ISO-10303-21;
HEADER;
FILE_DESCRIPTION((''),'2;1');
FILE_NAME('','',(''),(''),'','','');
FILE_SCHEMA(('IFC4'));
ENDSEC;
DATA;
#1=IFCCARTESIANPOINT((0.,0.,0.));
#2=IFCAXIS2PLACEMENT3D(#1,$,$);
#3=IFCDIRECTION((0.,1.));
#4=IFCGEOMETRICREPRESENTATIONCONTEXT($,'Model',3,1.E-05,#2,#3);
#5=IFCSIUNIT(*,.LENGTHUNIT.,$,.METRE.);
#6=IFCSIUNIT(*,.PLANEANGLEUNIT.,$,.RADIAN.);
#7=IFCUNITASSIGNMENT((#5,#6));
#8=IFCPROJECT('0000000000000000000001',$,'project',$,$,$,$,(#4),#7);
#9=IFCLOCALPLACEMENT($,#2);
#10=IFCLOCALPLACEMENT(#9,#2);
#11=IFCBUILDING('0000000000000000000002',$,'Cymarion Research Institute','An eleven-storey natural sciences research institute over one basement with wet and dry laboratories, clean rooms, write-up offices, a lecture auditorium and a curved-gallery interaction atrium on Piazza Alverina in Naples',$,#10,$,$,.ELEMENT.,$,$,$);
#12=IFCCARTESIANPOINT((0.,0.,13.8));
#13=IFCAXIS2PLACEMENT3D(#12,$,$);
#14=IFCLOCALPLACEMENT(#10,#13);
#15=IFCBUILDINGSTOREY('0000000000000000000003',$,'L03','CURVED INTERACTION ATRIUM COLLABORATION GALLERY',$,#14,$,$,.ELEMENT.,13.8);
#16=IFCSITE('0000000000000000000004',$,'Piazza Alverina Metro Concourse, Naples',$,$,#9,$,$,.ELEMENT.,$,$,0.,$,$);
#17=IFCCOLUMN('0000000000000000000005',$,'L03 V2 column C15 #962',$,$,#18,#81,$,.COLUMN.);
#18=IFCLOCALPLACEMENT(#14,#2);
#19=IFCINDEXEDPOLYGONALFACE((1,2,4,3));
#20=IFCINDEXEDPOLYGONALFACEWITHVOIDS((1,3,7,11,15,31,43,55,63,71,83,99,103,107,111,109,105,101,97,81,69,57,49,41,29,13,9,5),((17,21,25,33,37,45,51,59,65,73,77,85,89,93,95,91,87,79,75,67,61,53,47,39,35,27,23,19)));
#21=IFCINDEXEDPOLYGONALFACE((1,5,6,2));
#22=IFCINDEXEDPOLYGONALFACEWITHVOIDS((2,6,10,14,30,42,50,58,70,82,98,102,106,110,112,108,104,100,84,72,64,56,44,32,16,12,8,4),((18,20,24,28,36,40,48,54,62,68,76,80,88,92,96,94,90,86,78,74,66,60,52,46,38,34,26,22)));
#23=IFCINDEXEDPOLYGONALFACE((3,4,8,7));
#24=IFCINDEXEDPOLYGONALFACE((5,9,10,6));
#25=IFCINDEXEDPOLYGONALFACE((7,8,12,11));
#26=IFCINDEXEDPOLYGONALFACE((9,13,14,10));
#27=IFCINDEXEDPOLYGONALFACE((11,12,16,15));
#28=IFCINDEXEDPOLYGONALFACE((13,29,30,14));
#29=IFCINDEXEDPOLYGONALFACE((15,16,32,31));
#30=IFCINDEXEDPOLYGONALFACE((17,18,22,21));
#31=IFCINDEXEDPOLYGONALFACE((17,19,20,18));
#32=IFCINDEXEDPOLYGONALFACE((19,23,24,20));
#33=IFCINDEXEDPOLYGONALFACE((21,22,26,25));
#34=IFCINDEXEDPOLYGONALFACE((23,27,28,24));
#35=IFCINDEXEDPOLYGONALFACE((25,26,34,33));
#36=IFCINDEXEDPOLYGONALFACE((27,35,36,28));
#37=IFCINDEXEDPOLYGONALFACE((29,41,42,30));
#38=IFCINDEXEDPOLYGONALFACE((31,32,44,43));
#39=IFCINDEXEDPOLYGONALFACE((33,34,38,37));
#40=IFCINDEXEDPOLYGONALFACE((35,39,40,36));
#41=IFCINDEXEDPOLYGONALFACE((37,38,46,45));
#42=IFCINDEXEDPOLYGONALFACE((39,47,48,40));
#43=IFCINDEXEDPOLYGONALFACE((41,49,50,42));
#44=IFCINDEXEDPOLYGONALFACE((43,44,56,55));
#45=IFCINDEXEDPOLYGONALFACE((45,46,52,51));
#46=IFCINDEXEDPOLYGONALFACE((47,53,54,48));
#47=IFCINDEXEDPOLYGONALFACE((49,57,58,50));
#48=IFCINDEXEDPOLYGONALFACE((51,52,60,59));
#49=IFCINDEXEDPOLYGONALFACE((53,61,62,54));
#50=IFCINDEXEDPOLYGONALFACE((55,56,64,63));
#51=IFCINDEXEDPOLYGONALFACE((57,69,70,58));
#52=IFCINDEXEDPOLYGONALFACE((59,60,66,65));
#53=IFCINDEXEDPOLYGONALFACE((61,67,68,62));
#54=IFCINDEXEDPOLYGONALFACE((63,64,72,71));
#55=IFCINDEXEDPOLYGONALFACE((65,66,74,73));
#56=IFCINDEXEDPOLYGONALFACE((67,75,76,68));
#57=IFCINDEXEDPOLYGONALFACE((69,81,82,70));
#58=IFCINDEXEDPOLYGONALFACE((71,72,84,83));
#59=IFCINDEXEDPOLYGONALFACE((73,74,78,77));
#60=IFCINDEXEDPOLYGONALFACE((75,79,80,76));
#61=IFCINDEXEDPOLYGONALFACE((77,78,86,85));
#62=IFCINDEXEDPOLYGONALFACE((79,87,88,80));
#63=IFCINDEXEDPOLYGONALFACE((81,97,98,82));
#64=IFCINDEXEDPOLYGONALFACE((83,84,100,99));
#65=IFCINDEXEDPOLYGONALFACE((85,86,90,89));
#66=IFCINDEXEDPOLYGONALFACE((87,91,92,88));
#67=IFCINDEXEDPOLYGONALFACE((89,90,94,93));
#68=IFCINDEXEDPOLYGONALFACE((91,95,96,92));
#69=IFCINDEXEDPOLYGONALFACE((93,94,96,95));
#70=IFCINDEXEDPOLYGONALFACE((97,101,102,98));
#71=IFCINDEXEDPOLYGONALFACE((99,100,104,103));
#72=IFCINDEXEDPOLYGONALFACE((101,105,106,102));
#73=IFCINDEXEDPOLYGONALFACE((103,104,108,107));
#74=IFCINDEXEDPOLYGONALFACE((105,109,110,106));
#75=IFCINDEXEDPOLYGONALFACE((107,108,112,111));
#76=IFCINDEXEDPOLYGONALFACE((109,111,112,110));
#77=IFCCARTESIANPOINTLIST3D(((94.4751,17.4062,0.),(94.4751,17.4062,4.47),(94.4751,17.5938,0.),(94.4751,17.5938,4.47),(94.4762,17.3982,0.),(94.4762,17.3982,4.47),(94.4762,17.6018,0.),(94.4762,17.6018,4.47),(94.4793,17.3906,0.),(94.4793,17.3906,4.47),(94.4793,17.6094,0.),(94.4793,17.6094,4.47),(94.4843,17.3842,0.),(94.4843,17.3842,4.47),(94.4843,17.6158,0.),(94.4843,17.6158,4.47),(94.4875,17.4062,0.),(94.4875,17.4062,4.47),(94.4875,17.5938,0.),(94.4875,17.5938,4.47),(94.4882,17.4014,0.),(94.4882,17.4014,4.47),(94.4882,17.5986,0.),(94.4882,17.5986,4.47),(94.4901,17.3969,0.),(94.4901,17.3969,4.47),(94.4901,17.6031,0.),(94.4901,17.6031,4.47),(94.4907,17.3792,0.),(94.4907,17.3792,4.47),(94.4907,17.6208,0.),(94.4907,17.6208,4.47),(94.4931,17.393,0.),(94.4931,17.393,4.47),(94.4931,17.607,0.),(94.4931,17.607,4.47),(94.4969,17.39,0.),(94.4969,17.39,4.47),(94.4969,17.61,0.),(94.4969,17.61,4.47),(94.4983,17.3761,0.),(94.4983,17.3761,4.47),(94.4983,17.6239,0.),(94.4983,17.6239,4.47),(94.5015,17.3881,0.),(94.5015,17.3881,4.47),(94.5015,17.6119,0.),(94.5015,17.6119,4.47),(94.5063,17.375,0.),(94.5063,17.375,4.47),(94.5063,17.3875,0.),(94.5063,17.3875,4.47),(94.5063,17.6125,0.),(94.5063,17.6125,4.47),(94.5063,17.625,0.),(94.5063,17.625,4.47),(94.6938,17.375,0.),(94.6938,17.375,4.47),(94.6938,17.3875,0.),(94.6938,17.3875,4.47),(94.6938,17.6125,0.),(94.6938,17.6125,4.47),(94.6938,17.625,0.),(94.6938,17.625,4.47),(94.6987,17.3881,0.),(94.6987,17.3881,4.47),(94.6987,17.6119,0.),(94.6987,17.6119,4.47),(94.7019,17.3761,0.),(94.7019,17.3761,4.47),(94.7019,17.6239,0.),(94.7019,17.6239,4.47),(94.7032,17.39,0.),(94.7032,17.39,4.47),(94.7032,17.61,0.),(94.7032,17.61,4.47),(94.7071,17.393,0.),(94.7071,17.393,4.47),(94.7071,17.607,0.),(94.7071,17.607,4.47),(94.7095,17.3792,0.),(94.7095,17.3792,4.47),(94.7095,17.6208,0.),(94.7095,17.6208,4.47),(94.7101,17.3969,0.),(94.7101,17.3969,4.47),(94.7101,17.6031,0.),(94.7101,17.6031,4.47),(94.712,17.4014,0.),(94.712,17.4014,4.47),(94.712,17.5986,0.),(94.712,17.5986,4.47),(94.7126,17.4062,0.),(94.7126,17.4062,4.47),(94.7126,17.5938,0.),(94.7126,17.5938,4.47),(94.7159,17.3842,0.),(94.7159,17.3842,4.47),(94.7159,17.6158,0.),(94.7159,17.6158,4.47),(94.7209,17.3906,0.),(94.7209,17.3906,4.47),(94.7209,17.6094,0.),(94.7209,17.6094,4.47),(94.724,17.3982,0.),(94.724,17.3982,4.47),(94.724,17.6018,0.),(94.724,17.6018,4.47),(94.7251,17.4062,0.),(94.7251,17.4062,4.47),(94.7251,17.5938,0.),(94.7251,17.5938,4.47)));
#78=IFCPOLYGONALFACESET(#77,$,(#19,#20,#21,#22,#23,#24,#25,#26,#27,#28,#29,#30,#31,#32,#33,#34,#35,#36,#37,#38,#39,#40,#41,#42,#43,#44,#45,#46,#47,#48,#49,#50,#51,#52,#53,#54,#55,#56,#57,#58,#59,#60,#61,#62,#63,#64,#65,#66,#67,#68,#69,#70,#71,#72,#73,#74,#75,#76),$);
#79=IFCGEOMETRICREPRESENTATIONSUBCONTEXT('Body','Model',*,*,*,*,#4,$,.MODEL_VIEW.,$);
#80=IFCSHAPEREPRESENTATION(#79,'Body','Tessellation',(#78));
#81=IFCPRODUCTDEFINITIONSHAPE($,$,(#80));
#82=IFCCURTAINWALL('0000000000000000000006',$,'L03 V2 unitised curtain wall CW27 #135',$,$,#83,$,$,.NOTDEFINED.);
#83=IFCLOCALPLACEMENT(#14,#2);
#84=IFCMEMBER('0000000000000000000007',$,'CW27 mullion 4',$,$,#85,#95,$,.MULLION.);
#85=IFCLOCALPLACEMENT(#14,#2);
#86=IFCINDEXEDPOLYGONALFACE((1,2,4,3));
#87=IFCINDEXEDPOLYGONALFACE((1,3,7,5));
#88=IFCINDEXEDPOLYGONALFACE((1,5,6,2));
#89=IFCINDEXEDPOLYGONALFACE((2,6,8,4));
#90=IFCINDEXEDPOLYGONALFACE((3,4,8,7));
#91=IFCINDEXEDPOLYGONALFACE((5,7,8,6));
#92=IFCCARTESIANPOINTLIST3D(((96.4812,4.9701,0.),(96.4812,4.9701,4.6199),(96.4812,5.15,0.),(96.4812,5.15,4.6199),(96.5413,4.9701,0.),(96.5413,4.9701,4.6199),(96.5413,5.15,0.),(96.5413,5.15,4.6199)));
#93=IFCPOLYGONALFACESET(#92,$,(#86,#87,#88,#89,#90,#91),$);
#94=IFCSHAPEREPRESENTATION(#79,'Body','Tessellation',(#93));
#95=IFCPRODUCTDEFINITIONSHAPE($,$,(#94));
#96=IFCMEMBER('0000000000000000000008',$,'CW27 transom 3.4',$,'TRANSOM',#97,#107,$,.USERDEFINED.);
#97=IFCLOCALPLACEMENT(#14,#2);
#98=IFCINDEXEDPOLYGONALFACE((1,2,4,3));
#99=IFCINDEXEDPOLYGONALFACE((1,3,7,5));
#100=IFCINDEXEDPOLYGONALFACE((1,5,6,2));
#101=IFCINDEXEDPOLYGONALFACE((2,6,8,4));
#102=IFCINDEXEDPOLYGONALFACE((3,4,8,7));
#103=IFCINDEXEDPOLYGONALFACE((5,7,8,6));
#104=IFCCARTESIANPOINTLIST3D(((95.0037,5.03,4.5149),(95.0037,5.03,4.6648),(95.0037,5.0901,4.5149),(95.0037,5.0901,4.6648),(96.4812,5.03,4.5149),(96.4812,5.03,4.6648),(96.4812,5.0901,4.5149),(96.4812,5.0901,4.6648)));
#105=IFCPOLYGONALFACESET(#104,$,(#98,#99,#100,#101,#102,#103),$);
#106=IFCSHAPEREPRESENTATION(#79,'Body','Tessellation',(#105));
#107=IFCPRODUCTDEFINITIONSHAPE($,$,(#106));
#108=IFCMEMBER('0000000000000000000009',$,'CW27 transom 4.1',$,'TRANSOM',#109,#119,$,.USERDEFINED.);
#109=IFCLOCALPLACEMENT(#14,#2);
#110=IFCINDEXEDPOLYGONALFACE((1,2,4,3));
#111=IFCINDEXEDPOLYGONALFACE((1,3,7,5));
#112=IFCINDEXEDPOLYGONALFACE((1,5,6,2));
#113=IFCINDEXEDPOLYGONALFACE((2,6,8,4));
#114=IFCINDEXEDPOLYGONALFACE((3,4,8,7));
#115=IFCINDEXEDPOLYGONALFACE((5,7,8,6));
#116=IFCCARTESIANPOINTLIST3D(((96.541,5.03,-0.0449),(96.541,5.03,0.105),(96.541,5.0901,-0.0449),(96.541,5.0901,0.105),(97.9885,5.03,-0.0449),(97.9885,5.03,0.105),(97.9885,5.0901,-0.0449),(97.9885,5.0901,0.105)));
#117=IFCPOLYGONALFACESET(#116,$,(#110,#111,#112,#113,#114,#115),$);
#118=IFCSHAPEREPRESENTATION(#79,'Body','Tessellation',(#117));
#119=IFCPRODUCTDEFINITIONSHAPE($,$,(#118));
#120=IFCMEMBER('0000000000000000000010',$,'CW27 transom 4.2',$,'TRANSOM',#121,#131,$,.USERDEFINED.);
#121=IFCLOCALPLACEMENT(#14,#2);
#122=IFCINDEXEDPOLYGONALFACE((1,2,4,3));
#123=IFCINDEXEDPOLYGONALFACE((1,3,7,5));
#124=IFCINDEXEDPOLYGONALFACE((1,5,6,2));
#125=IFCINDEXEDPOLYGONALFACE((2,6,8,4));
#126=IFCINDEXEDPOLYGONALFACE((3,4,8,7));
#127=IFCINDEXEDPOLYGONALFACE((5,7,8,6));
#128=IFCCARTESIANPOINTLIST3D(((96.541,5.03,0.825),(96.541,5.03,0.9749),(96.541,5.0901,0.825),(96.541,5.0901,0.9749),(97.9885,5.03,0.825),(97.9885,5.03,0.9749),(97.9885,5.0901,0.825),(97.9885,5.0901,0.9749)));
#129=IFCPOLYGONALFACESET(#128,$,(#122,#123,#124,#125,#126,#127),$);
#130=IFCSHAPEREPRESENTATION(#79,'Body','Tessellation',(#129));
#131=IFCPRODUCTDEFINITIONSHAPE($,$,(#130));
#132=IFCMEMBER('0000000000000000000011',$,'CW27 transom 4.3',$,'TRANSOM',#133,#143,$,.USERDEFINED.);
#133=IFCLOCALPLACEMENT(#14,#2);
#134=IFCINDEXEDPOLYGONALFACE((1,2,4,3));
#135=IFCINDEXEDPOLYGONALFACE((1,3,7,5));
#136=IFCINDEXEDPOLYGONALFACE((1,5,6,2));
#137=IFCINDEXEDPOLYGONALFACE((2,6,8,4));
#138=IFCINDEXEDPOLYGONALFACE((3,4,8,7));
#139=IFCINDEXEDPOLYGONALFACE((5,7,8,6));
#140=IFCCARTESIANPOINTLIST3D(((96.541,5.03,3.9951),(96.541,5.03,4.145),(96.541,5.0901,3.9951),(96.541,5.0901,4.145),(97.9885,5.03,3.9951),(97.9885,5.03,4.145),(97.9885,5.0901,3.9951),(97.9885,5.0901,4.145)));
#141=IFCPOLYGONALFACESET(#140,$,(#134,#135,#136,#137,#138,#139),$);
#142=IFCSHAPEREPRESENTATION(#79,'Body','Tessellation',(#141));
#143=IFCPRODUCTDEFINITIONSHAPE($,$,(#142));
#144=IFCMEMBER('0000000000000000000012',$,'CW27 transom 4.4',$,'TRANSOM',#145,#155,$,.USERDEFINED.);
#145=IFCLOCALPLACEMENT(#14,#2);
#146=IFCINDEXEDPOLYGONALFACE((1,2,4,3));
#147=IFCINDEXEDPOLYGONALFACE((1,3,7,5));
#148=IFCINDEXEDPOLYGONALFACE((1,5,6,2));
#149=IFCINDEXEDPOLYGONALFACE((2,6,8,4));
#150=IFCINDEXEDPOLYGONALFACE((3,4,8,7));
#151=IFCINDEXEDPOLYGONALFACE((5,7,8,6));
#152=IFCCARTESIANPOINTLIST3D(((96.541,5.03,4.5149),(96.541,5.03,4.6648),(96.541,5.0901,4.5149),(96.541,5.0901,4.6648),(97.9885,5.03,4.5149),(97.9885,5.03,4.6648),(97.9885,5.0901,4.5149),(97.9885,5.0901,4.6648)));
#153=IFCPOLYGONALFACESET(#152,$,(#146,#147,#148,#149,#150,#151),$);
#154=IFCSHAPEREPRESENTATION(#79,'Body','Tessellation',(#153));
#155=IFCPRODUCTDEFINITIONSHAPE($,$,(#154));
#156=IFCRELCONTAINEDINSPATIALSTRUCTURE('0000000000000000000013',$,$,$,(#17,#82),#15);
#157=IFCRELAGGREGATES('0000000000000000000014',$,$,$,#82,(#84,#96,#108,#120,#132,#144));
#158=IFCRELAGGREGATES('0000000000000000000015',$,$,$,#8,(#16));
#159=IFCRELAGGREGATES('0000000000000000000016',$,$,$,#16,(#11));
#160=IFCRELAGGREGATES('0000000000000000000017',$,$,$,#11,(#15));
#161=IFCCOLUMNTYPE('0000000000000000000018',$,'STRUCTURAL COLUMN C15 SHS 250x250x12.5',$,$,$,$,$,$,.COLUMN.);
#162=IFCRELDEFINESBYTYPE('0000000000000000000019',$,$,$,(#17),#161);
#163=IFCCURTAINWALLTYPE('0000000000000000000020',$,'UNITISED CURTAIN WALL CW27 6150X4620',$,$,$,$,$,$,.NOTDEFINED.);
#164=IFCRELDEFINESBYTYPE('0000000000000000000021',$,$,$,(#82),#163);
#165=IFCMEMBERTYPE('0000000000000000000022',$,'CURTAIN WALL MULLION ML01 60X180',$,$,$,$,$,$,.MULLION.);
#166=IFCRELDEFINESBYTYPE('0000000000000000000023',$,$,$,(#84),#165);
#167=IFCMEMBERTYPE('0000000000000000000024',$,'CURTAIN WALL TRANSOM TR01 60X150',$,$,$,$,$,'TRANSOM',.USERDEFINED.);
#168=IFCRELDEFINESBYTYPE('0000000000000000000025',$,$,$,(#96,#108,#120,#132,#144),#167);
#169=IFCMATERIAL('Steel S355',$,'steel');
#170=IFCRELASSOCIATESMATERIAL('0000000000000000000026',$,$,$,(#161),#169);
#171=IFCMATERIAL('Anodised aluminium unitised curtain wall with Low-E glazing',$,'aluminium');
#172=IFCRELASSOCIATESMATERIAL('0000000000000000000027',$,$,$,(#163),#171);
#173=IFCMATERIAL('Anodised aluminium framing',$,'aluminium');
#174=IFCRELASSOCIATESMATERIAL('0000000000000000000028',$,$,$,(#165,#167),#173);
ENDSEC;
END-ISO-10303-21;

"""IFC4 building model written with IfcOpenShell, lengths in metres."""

from ifc_helpers import new_model, si_unit, direction, frame, origin, origin_2d, place, context, subcontext, project, spatial, rectangle, hollow_rectangle, extrude, material, material_profile, profile_set, type_object, element, aggregate, save


model = new_model("IFC4")

# Units and contexts
model_context = context("Model", 3, precision=1e-05, world=origin(), true_north=direction((0.0, 1.0)))
body_context = subcontext(model_context, "Body", "Model", "MODEL_VIEW")
ifc_project = project(units=[si_unit("LENGTHUNIT", "METRE"), si_unit("PLANEANGLEUNIT", "RADIAN")], contexts=[model_context])

# Site, building, storey
site_placement = place(None, origin())
site = spatial("IfcSite", under=ifc_project, at=site_placement, Name="Piazza Alverina Metro Concourse, Naples", CompositionType="ELEMENT", RefElevation=0.0)
building_placement = place(site_placement, origin())
building = spatial("IfcBuilding", under=site, at=building_placement, Name="Cymarion Research Institute", Description="An eleven-storey natural sciences research institute over one basement with wet and dry laboratories, clean rooms, write-up offices, a lecture auditorium and a curved-gallery interaction atrium on Piazza Alverina in Naples", CompositionType="ELEMENT")
storey_placement = place(building_placement, frame((0.0, 0.0, 13.8)))
storey = spatial("IfcBuildingStorey", under=building, at=storey_placement, Name="L03", Description="CURVED INTERACTION ATRIUM COLLABORATION GALLERY", CompositionType="ELEMENT", Elevation=13.8)

# Column
ifc_material_1 = material(Name="Steel S355", Category="steel")
ifc_material_profile_1 = material_profile(ifc_material_1, hollow_rectangle(XDim=0.25, YDim=0.25, WallThickness=0.0125, InnerFilletRadius=0.0188, OuterFilletRadius=0.0312, at=origin_2d()), Name="SHS 250x250x12.5")
ifc_profile_set_1 = profile_set([ifc_material_profile_1], Name="Steel S355")
column_type_1 = type_object("IfcColumnType", Name="STRUCTURAL COLUMN C15 SHS 250x250x12.5", PredefinedType="COLUMN", material=ifc_profile_set_1)
for number, where, z_axis, x_axis, name in (
    (1, (94.6001, 17.5, 0.0), (0.0, 0.0, 1.0), (1.0, 0.0, 0.0), "L03 V2 column C15 #962"),
):
    element("IfcColumn", number, at=place(storey_placement, frame(where, z_axis=z_axis, x_axis=x_axis)), inside=storey, type_object=column_type_1, Name=name, PredefinedType="COLUMN", context=body_context, shape_type="SweptSolid", body=[
        extrude(hollow_rectangle(XDim=0.25, YDim=0.25, WallThickness=0.0125, InnerFilletRadius=0.0188, OuterFilletRadius=0.0312, at=origin_2d()), origin(), (0.0, 0.0, 1.0), 4.47),
    ])

# Curtain wall, members
ifc_material_2 = material(Name="Anodised aluminium unitised curtain wall with Low-E glazing", Category="aluminium")
curtain_wall_type = type_object("IfcCurtainWallType", Name="UNITISED CURTAIN WALL CW27 6150X4620", PredefinedType="NOTDEFINED", material=ifc_material_2)
curtain_wall_placement = place(storey_placement, origin())
curtain_wall = element("IfcCurtainWall", 2, at=curtain_wall_placement, inside=storey, type_object=curtain_wall_type, Name="L03 V2 unitised curtain wall CW27 #135", PredefinedType="NOTDEFINED")
ifc_material_3 = material(Name="Anodised aluminium framing", Category="aluminium")
ifc_material_profile_2 = material_profile(ifc_material_3, rectangle(XDim=0.0601, YDim=0.1799, at=origin_2d()), Name="ALU MULLION 60x180")
ifc_profile_set_2 = profile_set([ifc_material_profile_2], Name="Anodised aluminium framing")
member_type_1 = type_object("IfcMemberType", Name="CURTAIN WALL MULLION ML01 60X180", PredefinedType="MULLION", material=ifc_profile_set_2)
member_1_placement = place(storey_placement, frame((96.5112, 5.0601, 0.0), z_axis=(0.0, 0.0, 1.0), x_axis=(1.0, 0.0, 0.0)))
member_1 = element("IfcMember", 3, at=member_1_placement, type_object=member_type_1, Name="CW27 mullion 4", PredefinedType="MULLION", context=body_context, shape_type="SweptSolid", body=[
    extrude(rectangle(XDim=0.0601, YDim=0.1799, at=origin_2d()), origin(), (0.0, 0.0, 1.0), 4.6199),
])
ifc_material_profile_3 = material_profile(ifc_material_3, rectangle(XDim=0.0601, YDim=0.1499, at=origin_2d()), Name="ALU TRANSOM 60x150")
ifc_profile_set_3 = profile_set([ifc_material_profile_3], Name="Anodised aluminium framing")
member_type_2 = type_object("IfcMemberType", Name="CURTAIN WALL TRANSOM TR01 60X150", ElementType="TRANSOM", PredefinedType="USERDEFINED", material=ifc_profile_set_3)
member_2_placement = place(storey_placement, frame((95.0037, 5.0601, 4.5898), z_axis=(1.0, 0.0, 0.0), x_axis=(0.0, 1.0, 0.0)))
member_2 = element("IfcMember", 4, at=member_2_placement, type_object=member_type_2, Name="CW27 transom 3.4", ObjectType="TRANSOM", PredefinedType="USERDEFINED", context=body_context, shape_type="SweptSolid", body=[
    extrude(rectangle(XDim=0.0601, YDim=0.1499, at=origin_2d()), origin(), (0.0, 0.0, 1.0), 1.4775),
])
member_3_placement = place(storey_placement, frame((96.541, 5.0601, 0.03), z_axis=(1.0, 0.0, 0.0), x_axis=(0.0, 1.0, 0.0)))
member_3 = element("IfcMember", 5, at=member_3_placement, type_object=member_type_2, Name="CW27 transom 4.1", ObjectType="TRANSOM", PredefinedType="USERDEFINED", context=body_context, shape_type="SweptSolid", body=[
    extrude(rectangle(XDim=0.0601, YDim=0.1499, at=origin_2d()), origin(), (0.0, 0.0, 1.0), 1.4475),
])
member_4_placement = place(storey_placement, frame((96.541, 5.0601, 0.8999), z_axis=(1.0, 0.0, 0.0), x_axis=(0.0, 1.0, 0.0)))
member_4 = element("IfcMember", 6, at=member_4_placement, type_object=member_type_2, Name="CW27 transom 4.2", ObjectType="TRANSOM", PredefinedType="USERDEFINED", context=body_context, shape_type="SweptSolid", body=[
    extrude(rectangle(XDim=0.0601, YDim=0.1499, at=origin_2d()), origin(), (0.0, 0.0, 1.0), 1.4475),
])
member_5_placement = place(storey_placement, frame((96.541, 5.0601, 4.0701), z_axis=(1.0, 0.0, 0.0), x_axis=(0.0, 1.0, 0.0)))
member_5 = element("IfcMember", 7, at=member_5_placement, type_object=member_type_2, Name="CW27 transom 4.3", ObjectType="TRANSOM", PredefinedType="USERDEFINED", context=body_context, shape_type="SweptSolid", body=[
    extrude(rectangle(XDim=0.0601, YDim=0.1499, at=origin_2d()), origin(), (0.0, 0.0, 1.0), 1.4475),
])
member_6_placement = place(storey_placement, frame((96.541, 5.0601, 4.5898), z_axis=(1.0, 0.0, 0.0), x_axis=(0.0, 1.0, 0.0)))
member_6 = element("IfcMember", 8, at=member_6_placement, type_object=member_type_2, Name="CW27 transom 4.4", ObjectType="TRANSOM", PredefinedType="USERDEFINED", context=body_context, shape_type="SweptSolid", body=[
    extrude(rectangle(XDim=0.0601, YDim=0.1499, at=origin_2d()), origin(), (0.0, 0.0, 1.0), 1.4475),
])

aggregate(curtain_wall, [member_1, member_2, member_3, member_4, member_5, member_6])

save(model, "model.ifc")
